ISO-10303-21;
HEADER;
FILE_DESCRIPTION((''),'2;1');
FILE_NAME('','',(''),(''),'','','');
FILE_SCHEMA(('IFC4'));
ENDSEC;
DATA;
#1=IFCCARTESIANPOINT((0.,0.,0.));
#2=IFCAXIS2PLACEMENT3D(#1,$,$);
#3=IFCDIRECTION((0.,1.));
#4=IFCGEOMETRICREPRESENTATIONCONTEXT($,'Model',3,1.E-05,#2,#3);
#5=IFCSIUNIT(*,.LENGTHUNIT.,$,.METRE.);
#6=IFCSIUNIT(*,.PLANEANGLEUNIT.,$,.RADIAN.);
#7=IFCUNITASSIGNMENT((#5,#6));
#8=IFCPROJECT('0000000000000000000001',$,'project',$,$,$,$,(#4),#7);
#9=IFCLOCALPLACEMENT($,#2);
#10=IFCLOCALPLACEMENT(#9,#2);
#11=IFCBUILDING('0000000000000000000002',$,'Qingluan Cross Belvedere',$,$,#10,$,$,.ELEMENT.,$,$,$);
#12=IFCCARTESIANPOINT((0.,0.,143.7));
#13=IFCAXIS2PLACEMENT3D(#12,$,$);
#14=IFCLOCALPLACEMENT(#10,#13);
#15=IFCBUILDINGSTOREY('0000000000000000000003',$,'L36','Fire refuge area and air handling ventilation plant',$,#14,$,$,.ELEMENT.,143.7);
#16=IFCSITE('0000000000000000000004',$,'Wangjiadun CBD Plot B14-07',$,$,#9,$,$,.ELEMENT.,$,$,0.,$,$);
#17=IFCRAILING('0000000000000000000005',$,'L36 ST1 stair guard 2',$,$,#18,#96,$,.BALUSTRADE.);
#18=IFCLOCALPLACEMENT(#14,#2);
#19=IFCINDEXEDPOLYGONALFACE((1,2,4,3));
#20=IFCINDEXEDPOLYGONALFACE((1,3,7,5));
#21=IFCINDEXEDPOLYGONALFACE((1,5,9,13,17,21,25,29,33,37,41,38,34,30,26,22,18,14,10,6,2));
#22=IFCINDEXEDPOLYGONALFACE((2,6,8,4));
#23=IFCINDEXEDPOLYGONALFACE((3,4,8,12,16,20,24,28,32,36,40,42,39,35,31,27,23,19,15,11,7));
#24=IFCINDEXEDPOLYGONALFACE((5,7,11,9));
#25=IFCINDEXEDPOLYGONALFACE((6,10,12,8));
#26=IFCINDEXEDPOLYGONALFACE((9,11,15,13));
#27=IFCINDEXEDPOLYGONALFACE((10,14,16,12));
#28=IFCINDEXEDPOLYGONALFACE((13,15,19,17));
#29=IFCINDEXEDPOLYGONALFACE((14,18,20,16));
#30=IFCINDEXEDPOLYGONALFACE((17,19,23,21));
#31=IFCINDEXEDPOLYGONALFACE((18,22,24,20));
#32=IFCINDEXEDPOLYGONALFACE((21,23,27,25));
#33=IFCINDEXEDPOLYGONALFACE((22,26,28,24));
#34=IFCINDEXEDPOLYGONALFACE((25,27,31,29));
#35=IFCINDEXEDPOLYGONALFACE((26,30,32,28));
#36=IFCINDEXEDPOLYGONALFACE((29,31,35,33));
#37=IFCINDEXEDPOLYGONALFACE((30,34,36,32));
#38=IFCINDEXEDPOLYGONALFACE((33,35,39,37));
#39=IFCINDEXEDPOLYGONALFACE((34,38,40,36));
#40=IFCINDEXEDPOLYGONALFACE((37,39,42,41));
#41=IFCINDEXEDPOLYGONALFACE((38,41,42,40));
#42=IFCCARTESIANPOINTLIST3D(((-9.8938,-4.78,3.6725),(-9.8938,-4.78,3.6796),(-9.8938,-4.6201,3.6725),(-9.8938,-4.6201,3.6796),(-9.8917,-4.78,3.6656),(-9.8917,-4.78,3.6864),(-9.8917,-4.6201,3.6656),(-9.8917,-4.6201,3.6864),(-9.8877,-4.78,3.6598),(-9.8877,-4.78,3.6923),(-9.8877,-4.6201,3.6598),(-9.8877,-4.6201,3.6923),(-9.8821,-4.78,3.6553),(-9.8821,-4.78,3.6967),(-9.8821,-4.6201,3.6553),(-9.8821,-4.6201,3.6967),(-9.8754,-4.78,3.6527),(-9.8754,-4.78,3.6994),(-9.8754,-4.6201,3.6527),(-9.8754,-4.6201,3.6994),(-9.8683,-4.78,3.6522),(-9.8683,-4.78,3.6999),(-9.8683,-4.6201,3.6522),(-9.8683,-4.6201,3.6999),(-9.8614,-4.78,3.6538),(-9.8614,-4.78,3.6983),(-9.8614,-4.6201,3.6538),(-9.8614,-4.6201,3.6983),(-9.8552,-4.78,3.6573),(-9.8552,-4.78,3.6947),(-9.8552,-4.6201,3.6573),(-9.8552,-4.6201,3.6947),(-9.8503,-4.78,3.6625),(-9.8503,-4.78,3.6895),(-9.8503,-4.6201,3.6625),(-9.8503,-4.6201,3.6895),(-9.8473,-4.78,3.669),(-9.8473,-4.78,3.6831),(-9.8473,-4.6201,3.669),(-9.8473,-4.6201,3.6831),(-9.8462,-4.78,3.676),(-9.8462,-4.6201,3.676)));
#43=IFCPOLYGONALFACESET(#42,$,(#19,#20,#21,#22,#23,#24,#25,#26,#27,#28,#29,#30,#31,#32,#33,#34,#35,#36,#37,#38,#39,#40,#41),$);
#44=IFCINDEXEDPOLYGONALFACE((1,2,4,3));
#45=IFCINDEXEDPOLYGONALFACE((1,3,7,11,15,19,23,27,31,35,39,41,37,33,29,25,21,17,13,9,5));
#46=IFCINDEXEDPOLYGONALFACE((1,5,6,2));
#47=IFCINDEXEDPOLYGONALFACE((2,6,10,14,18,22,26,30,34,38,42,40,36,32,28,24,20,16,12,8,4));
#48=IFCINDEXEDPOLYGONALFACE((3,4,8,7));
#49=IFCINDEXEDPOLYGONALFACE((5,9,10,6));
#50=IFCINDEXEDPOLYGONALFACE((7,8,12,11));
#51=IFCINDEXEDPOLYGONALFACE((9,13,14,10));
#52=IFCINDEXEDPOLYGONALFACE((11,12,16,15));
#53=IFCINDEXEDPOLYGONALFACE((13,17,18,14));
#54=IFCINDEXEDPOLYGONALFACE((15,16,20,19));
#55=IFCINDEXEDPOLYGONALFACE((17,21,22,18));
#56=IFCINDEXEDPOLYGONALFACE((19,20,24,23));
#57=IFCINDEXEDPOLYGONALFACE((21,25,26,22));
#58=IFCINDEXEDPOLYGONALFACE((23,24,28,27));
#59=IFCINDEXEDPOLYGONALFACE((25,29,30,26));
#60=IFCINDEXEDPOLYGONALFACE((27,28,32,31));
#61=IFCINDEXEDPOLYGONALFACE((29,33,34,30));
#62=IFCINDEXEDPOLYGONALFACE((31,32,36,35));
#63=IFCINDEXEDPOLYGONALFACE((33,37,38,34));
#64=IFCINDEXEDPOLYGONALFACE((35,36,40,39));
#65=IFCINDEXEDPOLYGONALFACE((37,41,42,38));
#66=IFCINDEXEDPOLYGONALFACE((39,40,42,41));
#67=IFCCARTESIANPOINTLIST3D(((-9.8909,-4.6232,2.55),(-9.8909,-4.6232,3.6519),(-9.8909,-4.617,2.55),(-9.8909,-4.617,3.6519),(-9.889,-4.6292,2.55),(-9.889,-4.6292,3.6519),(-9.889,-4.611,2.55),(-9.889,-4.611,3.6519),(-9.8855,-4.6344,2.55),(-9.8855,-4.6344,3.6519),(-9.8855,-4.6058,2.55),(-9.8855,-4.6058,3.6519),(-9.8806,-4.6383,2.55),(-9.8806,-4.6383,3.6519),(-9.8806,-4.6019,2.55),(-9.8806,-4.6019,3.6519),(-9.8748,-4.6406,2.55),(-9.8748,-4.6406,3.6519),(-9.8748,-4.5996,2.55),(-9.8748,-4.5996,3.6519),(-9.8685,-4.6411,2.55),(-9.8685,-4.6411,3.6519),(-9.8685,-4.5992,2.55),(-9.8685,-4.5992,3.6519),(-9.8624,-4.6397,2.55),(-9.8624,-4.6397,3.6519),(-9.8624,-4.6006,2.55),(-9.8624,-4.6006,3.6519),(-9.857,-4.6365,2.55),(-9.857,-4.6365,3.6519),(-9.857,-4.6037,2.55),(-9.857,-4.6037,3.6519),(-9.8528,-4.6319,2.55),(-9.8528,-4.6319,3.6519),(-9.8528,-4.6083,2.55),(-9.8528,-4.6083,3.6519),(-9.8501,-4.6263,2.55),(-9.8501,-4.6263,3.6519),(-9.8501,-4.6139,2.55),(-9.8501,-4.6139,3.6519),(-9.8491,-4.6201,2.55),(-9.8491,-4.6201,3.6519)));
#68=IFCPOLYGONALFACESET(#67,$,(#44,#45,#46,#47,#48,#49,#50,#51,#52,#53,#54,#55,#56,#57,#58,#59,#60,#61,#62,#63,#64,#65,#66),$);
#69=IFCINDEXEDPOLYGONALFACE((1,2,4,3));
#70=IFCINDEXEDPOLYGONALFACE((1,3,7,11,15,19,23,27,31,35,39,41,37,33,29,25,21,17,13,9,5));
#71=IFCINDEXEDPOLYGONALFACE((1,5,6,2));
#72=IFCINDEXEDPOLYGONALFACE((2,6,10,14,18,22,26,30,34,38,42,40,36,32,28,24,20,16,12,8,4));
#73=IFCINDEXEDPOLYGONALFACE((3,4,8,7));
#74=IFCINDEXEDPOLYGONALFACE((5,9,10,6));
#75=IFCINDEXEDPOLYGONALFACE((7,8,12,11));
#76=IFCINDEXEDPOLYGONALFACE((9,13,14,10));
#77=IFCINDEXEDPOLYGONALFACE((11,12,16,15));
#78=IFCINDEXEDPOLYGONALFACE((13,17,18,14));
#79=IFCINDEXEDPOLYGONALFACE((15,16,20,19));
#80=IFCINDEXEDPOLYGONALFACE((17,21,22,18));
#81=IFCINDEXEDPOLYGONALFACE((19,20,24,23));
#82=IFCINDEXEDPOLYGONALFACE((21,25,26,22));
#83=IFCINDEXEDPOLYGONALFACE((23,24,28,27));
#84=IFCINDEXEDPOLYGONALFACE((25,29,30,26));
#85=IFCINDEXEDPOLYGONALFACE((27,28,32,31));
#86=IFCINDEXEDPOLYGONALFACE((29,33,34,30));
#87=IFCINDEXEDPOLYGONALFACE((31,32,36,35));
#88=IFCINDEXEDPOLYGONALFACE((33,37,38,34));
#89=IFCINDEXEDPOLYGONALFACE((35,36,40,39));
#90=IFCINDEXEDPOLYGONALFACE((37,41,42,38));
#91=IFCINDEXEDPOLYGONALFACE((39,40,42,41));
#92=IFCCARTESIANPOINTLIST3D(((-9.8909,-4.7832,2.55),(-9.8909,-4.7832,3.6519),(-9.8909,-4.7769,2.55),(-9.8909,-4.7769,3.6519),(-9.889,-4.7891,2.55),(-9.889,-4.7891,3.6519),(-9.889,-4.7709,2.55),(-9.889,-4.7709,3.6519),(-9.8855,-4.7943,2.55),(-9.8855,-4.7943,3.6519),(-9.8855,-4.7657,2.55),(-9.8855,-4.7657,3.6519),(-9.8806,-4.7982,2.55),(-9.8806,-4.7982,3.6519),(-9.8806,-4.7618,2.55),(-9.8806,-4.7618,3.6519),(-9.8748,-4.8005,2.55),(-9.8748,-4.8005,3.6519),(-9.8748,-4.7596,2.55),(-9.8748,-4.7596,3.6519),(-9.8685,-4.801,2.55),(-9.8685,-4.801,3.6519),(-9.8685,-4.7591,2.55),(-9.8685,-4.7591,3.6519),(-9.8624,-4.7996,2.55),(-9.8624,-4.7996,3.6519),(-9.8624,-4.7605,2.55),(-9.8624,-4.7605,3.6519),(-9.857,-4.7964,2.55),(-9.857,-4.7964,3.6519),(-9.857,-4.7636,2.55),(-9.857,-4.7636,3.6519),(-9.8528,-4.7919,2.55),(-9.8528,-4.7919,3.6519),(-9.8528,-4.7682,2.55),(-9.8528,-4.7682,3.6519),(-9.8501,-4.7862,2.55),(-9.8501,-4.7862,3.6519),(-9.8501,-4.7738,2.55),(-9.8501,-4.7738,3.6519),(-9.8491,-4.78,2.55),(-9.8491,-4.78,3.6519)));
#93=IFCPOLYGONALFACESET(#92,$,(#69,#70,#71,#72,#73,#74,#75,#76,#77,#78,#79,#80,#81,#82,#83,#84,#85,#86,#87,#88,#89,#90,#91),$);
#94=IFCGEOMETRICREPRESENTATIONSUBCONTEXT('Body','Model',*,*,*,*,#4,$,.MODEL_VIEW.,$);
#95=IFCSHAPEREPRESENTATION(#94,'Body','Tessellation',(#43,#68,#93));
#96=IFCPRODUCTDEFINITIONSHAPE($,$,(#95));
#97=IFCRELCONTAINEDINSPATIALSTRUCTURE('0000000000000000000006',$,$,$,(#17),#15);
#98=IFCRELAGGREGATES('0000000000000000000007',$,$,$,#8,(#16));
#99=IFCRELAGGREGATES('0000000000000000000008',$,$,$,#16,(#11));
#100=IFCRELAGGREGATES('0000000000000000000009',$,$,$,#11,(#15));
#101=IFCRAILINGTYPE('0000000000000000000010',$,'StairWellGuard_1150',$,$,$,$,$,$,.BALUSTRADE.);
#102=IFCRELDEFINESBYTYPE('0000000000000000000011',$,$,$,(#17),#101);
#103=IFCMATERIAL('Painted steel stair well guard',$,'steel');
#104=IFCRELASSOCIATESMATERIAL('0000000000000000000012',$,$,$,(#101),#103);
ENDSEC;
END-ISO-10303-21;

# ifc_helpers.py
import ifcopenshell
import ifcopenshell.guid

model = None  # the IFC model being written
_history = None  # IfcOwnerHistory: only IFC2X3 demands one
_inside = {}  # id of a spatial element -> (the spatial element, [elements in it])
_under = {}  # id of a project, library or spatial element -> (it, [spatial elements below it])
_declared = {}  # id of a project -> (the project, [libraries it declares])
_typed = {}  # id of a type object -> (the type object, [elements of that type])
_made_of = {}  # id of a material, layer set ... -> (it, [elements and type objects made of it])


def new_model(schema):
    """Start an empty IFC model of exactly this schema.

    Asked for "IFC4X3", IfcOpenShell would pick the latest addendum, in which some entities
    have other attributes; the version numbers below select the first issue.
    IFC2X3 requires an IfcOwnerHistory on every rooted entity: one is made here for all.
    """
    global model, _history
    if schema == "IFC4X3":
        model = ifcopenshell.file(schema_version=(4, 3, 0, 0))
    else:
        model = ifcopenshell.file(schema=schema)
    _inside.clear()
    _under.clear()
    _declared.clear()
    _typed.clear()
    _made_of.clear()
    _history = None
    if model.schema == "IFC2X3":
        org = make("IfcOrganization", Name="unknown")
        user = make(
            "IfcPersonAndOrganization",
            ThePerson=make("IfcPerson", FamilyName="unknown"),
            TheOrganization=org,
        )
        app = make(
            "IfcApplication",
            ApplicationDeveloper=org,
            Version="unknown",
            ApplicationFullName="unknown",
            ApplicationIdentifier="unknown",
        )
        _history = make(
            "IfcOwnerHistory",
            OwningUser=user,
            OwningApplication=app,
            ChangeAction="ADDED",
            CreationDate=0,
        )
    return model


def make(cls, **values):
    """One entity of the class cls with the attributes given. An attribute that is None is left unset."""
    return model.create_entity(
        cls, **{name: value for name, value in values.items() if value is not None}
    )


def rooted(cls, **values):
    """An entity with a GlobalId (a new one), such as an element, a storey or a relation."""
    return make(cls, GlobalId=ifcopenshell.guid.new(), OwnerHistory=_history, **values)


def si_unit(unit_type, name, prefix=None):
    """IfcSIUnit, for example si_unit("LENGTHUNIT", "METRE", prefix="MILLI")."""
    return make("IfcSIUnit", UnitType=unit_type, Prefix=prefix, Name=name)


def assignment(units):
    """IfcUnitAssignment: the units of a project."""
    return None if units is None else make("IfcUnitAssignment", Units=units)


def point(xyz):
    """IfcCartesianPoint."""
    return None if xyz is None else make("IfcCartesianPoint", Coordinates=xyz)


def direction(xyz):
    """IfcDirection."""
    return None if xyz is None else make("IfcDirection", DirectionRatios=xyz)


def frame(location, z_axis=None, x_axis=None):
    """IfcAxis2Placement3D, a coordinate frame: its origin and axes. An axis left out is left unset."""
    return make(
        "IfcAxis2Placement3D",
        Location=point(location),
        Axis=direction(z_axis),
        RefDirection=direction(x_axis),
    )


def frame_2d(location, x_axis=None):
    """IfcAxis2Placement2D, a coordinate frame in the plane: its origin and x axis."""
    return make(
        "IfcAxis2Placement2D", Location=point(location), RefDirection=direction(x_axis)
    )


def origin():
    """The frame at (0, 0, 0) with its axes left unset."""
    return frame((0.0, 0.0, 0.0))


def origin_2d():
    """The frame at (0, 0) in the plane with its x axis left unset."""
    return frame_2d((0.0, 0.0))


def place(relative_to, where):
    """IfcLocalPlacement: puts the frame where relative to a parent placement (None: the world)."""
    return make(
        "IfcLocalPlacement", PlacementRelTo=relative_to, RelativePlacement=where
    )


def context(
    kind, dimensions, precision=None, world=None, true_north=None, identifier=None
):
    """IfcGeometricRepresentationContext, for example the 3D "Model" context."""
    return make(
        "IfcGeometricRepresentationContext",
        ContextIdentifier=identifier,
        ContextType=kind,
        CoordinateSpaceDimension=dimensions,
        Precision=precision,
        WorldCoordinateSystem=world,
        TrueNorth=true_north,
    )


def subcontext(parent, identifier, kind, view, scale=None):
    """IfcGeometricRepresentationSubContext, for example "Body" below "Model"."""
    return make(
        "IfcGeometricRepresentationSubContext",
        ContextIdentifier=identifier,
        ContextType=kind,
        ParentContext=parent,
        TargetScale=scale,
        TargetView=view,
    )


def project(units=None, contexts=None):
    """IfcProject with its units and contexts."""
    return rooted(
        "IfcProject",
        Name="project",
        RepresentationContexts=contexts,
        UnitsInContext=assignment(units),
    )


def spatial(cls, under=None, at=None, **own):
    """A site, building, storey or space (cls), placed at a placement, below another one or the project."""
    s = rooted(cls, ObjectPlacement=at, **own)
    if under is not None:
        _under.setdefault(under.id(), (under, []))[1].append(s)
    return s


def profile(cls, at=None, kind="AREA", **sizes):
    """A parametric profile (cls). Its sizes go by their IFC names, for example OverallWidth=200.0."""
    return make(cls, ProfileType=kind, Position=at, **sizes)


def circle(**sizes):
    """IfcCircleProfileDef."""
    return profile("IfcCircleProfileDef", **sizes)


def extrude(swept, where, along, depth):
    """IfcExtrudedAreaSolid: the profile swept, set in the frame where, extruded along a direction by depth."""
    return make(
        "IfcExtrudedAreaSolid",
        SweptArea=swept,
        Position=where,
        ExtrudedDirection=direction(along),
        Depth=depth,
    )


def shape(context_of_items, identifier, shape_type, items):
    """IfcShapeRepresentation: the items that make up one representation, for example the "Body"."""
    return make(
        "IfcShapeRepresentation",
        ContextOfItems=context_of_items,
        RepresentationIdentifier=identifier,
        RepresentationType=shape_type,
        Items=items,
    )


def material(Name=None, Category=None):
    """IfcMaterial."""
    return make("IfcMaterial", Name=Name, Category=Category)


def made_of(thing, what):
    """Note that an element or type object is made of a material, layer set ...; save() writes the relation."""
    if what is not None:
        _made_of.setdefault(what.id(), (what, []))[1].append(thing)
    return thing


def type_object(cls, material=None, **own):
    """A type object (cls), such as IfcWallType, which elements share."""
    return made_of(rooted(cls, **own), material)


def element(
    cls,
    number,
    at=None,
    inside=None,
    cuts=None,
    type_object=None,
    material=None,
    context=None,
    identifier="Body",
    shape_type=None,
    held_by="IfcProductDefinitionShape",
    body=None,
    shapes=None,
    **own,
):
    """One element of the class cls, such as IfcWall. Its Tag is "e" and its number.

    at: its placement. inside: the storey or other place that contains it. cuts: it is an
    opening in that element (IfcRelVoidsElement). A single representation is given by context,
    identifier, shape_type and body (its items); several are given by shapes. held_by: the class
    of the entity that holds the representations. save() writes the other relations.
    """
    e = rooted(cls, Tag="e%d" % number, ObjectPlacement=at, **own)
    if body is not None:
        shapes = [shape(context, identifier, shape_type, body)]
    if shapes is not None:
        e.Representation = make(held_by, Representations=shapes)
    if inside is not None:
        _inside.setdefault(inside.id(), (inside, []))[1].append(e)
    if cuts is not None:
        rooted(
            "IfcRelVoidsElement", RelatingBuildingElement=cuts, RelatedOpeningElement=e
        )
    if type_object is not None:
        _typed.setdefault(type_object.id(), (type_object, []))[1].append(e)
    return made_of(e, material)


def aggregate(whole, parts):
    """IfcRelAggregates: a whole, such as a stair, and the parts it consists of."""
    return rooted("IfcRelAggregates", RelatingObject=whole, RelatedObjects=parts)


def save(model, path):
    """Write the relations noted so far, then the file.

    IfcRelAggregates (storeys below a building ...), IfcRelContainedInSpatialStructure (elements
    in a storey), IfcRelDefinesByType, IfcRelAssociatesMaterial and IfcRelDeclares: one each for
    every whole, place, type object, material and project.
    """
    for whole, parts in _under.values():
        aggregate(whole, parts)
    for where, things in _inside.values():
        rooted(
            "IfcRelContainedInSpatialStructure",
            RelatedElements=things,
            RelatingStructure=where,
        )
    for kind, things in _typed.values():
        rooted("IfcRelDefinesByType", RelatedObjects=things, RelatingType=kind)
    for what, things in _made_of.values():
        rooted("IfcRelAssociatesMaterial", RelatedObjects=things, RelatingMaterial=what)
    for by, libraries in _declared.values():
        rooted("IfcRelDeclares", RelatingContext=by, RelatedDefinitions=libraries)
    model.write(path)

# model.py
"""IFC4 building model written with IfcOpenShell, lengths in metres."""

from ifc_helpers import new_model, si_unit, direction, frame, origin, origin_2d, place, context, subcontext, project, spatial, circle, extrude, material, type_object, element, save


model = new_model("IFC4")

# Units and contexts
model_context = context("Model", 3, precision=1e-05, world=origin(), true_north=direction((0.0, 1.0)))
body_context = subcontext(model_context, "Body", "Model", "MODEL_VIEW")
ifc_project = project(units=[si_unit("LENGTHUNIT", "METRE"), si_unit("PLANEANGLEUNIT", "RADIAN")], contexts=[model_context])

# Site, building, storey
site_placement = place(None, origin())
site = spatial("IfcSite", under=ifc_project, at=site_placement, Name="Wangjiadun CBD Plot B14-07", CompositionType="ELEMENT", RefElevation=0.0)
building_placement = place(site_placement, origin())
building = spatial("IfcBuilding", under=site, at=building_placement, Name="Qingluan Cross Belvedere", CompositionType="ELEMENT")
storey_placement = place(building_placement, frame((0.0, 0.0, 143.7)))
storey = spatial("IfcBuildingStorey", under=building, at=storey_placement, Name="L36", Description="Fire refuge area and air handling ventilation plant", CompositionType="ELEMENT", Elevation=143.7)

# Railing
ifc_material_1 = material(Name="Painted steel stair well guard", Category="steel")
railing_type_1 = type_object("IfcRailingType", Name="StairWellGuard_1150", PredefinedType="BALUSTRADE", material=ifc_material_1)
railing_1_placement = place(storey_placement, frame((-9.8701, -4.6201, 2.55)))
element("IfcRailing", 1, at=railing_1_placement, inside=storey, type_object=railing_type_1, Name="L36 ST1 stair guard 2", PredefinedType="BALUSTRADE", context=body_context, shape_type="SweptSolid", body=[
    extrude(circle(Radius=0.0239, at=origin_2d()), frame((0.0, 0.0, 1.126), z_axis=(0.0, -1.0, 0.0), x_axis=(1.0, 0.0, 0.0)), (0.0, 0.0, 1.0), 0.1599),
    extrude(circle(Radius=0.021, at=origin_2d()), origin(), (0.0, 0.0, 1.0), 1.1018),
    extrude(circle(Radius=0.021, at=origin_2d()), frame((0.0, -0.1599, 0.0)), (0.0, 0.0, 1.0), 1.1018),
])

save(model, "model.ifc")
